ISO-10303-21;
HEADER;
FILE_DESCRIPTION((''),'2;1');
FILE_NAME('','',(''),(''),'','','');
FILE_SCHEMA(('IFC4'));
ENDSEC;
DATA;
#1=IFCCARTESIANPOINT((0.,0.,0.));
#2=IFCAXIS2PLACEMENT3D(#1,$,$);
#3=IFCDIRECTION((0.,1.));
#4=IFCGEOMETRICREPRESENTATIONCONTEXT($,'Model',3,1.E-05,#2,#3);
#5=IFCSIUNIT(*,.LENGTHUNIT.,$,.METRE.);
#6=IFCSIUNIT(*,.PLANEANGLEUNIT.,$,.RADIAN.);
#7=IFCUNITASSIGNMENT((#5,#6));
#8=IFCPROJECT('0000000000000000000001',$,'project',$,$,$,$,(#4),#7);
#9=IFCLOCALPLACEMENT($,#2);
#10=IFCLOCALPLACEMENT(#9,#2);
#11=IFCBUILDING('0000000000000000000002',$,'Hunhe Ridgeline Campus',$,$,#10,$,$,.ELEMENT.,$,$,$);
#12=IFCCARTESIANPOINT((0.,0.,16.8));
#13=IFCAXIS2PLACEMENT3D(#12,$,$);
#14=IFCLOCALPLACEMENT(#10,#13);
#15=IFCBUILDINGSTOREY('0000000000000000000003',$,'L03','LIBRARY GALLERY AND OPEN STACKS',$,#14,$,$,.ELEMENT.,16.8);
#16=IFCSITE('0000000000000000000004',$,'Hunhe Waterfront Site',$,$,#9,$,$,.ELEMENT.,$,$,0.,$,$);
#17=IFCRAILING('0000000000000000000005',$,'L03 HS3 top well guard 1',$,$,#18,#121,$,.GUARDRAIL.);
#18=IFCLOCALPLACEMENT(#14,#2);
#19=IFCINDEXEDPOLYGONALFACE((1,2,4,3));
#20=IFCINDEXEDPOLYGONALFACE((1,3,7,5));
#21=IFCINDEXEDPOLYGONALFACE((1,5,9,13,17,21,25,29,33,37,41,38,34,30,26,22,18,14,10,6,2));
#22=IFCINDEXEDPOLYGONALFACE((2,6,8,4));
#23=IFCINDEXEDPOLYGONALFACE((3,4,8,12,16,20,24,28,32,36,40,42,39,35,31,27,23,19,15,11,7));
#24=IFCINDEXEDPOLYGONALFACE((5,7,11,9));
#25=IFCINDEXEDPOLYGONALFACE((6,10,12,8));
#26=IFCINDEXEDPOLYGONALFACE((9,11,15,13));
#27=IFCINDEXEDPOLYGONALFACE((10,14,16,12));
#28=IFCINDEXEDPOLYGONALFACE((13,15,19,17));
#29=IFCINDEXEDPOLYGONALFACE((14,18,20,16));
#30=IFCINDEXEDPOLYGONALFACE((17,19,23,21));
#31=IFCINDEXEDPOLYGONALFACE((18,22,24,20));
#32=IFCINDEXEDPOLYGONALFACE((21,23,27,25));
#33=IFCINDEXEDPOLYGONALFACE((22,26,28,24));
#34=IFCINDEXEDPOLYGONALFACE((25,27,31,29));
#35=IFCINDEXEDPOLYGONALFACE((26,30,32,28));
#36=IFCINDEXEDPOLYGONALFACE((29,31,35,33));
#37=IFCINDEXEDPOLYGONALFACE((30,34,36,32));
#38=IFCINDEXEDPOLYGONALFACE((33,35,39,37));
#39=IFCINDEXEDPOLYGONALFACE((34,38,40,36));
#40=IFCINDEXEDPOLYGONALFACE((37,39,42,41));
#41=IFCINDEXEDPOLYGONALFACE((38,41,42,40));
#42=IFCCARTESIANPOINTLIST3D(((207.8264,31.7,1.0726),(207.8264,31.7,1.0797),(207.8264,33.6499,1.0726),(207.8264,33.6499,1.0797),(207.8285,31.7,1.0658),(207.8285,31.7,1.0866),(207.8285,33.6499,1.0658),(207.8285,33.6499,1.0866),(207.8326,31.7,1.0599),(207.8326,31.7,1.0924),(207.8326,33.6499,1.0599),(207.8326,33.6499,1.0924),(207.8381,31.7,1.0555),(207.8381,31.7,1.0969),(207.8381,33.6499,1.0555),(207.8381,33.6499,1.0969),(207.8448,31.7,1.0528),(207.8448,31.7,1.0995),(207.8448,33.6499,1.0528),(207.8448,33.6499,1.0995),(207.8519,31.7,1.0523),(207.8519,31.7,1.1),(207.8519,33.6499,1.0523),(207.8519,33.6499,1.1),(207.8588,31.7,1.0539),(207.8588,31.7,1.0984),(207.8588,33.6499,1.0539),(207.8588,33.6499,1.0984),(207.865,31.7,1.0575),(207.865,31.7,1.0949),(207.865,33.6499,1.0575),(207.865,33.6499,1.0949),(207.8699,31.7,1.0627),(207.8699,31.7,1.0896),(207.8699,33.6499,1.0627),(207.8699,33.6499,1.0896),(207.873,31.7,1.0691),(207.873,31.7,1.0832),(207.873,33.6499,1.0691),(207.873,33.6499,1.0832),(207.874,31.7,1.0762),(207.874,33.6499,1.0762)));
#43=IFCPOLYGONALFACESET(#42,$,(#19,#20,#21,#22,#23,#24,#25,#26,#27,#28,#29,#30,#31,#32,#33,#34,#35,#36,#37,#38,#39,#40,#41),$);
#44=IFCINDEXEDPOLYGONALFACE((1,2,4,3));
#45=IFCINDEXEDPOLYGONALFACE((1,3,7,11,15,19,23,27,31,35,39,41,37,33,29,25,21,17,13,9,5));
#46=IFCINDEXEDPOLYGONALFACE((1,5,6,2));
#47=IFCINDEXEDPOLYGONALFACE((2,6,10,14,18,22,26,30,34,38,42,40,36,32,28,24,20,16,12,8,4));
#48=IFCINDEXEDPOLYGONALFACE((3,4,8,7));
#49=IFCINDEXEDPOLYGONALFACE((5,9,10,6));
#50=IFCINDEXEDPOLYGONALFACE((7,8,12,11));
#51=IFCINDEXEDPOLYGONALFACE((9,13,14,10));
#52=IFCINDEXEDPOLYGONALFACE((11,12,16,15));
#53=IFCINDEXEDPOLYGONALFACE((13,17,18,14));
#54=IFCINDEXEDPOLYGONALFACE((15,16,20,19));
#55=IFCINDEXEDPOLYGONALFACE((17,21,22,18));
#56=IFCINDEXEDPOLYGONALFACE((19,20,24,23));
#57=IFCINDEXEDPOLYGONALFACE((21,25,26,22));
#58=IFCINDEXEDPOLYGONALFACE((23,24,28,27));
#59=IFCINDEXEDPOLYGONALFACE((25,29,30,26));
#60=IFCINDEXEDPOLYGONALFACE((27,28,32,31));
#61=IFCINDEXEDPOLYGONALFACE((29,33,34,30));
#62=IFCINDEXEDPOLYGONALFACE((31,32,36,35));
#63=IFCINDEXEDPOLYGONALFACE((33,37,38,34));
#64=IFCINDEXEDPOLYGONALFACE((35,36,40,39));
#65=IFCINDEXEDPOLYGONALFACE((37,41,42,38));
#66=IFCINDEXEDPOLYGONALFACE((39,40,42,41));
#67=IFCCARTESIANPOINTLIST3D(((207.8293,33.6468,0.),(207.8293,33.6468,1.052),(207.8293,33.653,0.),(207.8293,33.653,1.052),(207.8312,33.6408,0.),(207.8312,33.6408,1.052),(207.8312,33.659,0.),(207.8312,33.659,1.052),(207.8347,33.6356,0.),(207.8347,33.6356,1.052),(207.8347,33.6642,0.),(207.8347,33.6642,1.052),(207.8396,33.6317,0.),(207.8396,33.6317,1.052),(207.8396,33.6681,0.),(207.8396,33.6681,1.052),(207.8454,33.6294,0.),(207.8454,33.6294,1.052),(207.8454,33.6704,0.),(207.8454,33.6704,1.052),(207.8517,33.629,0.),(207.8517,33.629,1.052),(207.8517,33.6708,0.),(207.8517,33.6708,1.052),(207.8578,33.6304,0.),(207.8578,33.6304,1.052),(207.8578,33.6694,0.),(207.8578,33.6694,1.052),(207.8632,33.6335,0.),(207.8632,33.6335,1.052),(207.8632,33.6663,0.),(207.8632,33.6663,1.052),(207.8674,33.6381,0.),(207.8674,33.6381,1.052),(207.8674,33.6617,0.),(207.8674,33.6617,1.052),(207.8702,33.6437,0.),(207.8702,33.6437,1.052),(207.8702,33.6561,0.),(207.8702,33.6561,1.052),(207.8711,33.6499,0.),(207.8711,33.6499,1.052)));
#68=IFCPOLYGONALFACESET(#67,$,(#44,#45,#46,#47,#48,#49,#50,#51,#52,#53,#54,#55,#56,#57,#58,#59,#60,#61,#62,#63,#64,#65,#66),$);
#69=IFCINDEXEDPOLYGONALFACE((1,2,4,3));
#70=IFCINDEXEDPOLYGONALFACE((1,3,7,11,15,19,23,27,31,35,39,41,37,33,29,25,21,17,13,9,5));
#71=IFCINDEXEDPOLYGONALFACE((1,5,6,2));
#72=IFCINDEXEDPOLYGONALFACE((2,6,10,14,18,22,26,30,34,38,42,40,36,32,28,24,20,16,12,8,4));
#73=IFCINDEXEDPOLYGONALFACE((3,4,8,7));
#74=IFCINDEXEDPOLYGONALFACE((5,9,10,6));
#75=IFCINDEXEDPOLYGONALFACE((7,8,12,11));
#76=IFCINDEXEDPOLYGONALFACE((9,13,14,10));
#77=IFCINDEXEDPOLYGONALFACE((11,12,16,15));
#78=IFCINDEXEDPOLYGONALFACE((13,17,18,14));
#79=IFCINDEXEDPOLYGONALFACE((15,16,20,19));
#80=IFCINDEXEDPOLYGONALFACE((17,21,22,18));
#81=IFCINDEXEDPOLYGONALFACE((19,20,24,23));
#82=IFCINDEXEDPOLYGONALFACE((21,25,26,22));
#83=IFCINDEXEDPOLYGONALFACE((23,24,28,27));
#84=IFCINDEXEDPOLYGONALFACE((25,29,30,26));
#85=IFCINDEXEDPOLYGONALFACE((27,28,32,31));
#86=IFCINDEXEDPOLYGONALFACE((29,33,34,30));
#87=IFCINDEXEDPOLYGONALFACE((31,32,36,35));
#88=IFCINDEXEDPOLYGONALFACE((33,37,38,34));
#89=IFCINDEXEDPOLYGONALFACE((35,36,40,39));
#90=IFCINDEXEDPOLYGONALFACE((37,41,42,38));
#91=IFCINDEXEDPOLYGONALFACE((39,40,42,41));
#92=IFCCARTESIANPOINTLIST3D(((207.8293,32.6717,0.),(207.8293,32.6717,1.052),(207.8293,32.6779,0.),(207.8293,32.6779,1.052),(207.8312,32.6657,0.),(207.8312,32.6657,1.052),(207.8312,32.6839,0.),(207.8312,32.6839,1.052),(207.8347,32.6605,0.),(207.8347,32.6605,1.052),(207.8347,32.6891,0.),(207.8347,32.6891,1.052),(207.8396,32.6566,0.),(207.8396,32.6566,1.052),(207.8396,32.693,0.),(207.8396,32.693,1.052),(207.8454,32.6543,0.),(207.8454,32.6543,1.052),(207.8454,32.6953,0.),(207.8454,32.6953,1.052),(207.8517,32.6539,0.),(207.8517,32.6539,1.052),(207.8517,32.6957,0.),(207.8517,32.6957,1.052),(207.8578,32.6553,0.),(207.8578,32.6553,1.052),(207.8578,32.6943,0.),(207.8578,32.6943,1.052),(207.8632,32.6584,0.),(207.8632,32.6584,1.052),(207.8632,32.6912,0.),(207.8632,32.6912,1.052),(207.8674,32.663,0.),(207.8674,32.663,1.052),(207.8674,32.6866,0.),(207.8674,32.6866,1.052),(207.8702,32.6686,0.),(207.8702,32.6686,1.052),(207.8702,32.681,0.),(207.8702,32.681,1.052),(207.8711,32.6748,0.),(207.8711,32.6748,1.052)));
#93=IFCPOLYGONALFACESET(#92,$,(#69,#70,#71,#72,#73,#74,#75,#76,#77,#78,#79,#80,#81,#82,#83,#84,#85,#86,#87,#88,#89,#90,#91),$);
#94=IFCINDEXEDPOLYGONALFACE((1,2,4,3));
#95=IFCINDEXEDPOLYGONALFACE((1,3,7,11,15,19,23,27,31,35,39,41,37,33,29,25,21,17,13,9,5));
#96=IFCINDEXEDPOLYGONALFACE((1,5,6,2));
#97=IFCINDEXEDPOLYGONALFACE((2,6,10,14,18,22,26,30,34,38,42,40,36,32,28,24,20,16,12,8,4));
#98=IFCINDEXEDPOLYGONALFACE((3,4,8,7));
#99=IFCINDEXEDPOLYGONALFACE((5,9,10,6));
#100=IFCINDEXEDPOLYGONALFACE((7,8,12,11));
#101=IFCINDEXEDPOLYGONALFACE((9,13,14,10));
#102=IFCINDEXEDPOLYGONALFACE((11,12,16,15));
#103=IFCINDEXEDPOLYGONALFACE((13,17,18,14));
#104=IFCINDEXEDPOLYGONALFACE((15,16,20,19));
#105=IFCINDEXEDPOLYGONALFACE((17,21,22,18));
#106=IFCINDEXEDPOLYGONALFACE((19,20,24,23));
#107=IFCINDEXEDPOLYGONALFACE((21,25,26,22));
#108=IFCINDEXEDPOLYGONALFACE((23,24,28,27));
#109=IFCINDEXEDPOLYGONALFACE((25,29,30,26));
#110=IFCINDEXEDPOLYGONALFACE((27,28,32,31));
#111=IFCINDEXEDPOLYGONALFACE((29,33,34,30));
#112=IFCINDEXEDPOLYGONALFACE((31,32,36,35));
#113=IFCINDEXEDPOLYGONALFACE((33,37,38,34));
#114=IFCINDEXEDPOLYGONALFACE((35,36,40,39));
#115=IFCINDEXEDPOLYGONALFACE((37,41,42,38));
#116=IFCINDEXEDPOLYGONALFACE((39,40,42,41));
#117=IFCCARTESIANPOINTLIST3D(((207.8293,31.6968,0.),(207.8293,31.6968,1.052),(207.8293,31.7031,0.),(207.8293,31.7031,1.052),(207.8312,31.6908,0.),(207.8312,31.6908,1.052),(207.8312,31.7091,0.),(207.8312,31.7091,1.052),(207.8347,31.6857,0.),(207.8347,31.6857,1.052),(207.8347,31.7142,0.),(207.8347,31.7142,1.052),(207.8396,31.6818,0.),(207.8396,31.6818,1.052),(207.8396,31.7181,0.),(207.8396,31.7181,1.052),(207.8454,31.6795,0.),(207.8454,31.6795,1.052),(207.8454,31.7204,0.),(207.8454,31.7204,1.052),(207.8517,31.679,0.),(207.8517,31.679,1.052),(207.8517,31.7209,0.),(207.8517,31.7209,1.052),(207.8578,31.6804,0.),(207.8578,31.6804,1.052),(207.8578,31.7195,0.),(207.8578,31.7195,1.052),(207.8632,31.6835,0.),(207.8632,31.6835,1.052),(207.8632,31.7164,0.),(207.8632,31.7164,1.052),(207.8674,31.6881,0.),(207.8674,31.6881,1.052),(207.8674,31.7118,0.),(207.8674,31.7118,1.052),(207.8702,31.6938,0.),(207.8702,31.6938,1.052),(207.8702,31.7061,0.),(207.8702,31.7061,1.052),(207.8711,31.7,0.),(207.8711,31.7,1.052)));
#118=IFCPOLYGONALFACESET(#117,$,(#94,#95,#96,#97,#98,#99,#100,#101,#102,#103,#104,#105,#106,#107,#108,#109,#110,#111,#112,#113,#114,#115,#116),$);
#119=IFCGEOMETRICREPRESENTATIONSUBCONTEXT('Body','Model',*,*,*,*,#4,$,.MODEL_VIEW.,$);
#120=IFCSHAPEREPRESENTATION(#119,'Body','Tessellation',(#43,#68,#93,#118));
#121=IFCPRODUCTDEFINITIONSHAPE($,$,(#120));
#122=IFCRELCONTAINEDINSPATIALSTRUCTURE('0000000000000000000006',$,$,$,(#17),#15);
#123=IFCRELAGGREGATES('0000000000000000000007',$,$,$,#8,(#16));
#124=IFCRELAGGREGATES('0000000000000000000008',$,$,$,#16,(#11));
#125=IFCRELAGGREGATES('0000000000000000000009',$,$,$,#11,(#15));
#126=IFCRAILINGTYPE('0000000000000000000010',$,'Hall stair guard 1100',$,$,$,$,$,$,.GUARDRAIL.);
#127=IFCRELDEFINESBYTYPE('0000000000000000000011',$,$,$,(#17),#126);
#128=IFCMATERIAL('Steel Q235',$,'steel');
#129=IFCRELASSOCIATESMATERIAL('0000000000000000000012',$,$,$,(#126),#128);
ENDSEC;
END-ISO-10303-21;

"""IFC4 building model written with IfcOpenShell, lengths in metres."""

from ifc_helpers import new_model, si_unit, direction, frame, origin, origin_2d, place, context, subcontext, project, spatial, circle, extrude, material, type_object, element, save


model = new_model("IFC4")

# Units and contexts
model_context = context("Model", 3, precision=1e-05, world=origin(), true_north=direction((0.0, 1.0)))
body_context = subcontext(model_context, "Body", "Model", "MODEL_VIEW")
ifc_project = project(units=[si_unit("LENGTHUNIT", "METRE"), si_unit("PLANEANGLEUNIT", "RADIAN")], contexts=[model_context])

# Site, building, storey
site_placement = place(None, origin())
site = spatial("IfcSite", under=ifc_project, at=site_placement, Name="Hunhe Waterfront Site", CompositionType="ELEMENT", RefElevation=0.0)
building_placement = place(site_placement, origin())
building = spatial("IfcBuilding", under=site, at=building_placement, Name="Hunhe Ridgeline Campus", CompositionType="ELEMENT")
storey_placement = place(building_placement, frame((0.0, 0.0, 16.8)))
storey = spatial("IfcBuildingStorey", under=building, at=storey_placement, Name="L03", Description="LIBRARY GALLERY AND OPEN STACKS", CompositionType="ELEMENT", Elevation=16.8)

# Shared definitions
ifc_material_1 = material(Name="Steel Q235", Category="steel")

# Railing
railing_type = type_object("IfcRailingType", Name="Hall stair guard 1100", PredefinedType="GUARDRAIL", material=ifc_material_1)
railing_placement = place(storey_placement, frame((207.8501, 33.6499, 0.0)))
element("IfcRailing", 1, at=railing_placement, inside=storey, type_object=railing_type, Name="L03 HS3 top well guard 1", PredefinedType="GUARDRAIL", context=body_context, shape_type="SweptSolid", body=[
    extrude(circle(Radius=0.0239, at=origin_2d()), frame((0.0, 0.0, 1.0762), z_axis=(0.0, -1.0, 0.0), x_axis=(1.0, 0.0, 0.0)), (0.0, 0.0, 1.0), 1.95),
    extrude(circle(Radius=0.021, at=origin_2d()), origin(), (0.0, 0.0, 1.0), 1.052),
    extrude(circle(Radius=0.021, at=origin_2d()), frame((0.0, -0.9751, 0.0)), (0.0, 0.0, 1.0), 1.052),
    extrude(circle(Radius=0.021, at=origin_2d()), frame((0.0, -1.95, 0.0)), (0.0, 0.0, 1.0), 1.052),
])

save(model, "model.ifc")
